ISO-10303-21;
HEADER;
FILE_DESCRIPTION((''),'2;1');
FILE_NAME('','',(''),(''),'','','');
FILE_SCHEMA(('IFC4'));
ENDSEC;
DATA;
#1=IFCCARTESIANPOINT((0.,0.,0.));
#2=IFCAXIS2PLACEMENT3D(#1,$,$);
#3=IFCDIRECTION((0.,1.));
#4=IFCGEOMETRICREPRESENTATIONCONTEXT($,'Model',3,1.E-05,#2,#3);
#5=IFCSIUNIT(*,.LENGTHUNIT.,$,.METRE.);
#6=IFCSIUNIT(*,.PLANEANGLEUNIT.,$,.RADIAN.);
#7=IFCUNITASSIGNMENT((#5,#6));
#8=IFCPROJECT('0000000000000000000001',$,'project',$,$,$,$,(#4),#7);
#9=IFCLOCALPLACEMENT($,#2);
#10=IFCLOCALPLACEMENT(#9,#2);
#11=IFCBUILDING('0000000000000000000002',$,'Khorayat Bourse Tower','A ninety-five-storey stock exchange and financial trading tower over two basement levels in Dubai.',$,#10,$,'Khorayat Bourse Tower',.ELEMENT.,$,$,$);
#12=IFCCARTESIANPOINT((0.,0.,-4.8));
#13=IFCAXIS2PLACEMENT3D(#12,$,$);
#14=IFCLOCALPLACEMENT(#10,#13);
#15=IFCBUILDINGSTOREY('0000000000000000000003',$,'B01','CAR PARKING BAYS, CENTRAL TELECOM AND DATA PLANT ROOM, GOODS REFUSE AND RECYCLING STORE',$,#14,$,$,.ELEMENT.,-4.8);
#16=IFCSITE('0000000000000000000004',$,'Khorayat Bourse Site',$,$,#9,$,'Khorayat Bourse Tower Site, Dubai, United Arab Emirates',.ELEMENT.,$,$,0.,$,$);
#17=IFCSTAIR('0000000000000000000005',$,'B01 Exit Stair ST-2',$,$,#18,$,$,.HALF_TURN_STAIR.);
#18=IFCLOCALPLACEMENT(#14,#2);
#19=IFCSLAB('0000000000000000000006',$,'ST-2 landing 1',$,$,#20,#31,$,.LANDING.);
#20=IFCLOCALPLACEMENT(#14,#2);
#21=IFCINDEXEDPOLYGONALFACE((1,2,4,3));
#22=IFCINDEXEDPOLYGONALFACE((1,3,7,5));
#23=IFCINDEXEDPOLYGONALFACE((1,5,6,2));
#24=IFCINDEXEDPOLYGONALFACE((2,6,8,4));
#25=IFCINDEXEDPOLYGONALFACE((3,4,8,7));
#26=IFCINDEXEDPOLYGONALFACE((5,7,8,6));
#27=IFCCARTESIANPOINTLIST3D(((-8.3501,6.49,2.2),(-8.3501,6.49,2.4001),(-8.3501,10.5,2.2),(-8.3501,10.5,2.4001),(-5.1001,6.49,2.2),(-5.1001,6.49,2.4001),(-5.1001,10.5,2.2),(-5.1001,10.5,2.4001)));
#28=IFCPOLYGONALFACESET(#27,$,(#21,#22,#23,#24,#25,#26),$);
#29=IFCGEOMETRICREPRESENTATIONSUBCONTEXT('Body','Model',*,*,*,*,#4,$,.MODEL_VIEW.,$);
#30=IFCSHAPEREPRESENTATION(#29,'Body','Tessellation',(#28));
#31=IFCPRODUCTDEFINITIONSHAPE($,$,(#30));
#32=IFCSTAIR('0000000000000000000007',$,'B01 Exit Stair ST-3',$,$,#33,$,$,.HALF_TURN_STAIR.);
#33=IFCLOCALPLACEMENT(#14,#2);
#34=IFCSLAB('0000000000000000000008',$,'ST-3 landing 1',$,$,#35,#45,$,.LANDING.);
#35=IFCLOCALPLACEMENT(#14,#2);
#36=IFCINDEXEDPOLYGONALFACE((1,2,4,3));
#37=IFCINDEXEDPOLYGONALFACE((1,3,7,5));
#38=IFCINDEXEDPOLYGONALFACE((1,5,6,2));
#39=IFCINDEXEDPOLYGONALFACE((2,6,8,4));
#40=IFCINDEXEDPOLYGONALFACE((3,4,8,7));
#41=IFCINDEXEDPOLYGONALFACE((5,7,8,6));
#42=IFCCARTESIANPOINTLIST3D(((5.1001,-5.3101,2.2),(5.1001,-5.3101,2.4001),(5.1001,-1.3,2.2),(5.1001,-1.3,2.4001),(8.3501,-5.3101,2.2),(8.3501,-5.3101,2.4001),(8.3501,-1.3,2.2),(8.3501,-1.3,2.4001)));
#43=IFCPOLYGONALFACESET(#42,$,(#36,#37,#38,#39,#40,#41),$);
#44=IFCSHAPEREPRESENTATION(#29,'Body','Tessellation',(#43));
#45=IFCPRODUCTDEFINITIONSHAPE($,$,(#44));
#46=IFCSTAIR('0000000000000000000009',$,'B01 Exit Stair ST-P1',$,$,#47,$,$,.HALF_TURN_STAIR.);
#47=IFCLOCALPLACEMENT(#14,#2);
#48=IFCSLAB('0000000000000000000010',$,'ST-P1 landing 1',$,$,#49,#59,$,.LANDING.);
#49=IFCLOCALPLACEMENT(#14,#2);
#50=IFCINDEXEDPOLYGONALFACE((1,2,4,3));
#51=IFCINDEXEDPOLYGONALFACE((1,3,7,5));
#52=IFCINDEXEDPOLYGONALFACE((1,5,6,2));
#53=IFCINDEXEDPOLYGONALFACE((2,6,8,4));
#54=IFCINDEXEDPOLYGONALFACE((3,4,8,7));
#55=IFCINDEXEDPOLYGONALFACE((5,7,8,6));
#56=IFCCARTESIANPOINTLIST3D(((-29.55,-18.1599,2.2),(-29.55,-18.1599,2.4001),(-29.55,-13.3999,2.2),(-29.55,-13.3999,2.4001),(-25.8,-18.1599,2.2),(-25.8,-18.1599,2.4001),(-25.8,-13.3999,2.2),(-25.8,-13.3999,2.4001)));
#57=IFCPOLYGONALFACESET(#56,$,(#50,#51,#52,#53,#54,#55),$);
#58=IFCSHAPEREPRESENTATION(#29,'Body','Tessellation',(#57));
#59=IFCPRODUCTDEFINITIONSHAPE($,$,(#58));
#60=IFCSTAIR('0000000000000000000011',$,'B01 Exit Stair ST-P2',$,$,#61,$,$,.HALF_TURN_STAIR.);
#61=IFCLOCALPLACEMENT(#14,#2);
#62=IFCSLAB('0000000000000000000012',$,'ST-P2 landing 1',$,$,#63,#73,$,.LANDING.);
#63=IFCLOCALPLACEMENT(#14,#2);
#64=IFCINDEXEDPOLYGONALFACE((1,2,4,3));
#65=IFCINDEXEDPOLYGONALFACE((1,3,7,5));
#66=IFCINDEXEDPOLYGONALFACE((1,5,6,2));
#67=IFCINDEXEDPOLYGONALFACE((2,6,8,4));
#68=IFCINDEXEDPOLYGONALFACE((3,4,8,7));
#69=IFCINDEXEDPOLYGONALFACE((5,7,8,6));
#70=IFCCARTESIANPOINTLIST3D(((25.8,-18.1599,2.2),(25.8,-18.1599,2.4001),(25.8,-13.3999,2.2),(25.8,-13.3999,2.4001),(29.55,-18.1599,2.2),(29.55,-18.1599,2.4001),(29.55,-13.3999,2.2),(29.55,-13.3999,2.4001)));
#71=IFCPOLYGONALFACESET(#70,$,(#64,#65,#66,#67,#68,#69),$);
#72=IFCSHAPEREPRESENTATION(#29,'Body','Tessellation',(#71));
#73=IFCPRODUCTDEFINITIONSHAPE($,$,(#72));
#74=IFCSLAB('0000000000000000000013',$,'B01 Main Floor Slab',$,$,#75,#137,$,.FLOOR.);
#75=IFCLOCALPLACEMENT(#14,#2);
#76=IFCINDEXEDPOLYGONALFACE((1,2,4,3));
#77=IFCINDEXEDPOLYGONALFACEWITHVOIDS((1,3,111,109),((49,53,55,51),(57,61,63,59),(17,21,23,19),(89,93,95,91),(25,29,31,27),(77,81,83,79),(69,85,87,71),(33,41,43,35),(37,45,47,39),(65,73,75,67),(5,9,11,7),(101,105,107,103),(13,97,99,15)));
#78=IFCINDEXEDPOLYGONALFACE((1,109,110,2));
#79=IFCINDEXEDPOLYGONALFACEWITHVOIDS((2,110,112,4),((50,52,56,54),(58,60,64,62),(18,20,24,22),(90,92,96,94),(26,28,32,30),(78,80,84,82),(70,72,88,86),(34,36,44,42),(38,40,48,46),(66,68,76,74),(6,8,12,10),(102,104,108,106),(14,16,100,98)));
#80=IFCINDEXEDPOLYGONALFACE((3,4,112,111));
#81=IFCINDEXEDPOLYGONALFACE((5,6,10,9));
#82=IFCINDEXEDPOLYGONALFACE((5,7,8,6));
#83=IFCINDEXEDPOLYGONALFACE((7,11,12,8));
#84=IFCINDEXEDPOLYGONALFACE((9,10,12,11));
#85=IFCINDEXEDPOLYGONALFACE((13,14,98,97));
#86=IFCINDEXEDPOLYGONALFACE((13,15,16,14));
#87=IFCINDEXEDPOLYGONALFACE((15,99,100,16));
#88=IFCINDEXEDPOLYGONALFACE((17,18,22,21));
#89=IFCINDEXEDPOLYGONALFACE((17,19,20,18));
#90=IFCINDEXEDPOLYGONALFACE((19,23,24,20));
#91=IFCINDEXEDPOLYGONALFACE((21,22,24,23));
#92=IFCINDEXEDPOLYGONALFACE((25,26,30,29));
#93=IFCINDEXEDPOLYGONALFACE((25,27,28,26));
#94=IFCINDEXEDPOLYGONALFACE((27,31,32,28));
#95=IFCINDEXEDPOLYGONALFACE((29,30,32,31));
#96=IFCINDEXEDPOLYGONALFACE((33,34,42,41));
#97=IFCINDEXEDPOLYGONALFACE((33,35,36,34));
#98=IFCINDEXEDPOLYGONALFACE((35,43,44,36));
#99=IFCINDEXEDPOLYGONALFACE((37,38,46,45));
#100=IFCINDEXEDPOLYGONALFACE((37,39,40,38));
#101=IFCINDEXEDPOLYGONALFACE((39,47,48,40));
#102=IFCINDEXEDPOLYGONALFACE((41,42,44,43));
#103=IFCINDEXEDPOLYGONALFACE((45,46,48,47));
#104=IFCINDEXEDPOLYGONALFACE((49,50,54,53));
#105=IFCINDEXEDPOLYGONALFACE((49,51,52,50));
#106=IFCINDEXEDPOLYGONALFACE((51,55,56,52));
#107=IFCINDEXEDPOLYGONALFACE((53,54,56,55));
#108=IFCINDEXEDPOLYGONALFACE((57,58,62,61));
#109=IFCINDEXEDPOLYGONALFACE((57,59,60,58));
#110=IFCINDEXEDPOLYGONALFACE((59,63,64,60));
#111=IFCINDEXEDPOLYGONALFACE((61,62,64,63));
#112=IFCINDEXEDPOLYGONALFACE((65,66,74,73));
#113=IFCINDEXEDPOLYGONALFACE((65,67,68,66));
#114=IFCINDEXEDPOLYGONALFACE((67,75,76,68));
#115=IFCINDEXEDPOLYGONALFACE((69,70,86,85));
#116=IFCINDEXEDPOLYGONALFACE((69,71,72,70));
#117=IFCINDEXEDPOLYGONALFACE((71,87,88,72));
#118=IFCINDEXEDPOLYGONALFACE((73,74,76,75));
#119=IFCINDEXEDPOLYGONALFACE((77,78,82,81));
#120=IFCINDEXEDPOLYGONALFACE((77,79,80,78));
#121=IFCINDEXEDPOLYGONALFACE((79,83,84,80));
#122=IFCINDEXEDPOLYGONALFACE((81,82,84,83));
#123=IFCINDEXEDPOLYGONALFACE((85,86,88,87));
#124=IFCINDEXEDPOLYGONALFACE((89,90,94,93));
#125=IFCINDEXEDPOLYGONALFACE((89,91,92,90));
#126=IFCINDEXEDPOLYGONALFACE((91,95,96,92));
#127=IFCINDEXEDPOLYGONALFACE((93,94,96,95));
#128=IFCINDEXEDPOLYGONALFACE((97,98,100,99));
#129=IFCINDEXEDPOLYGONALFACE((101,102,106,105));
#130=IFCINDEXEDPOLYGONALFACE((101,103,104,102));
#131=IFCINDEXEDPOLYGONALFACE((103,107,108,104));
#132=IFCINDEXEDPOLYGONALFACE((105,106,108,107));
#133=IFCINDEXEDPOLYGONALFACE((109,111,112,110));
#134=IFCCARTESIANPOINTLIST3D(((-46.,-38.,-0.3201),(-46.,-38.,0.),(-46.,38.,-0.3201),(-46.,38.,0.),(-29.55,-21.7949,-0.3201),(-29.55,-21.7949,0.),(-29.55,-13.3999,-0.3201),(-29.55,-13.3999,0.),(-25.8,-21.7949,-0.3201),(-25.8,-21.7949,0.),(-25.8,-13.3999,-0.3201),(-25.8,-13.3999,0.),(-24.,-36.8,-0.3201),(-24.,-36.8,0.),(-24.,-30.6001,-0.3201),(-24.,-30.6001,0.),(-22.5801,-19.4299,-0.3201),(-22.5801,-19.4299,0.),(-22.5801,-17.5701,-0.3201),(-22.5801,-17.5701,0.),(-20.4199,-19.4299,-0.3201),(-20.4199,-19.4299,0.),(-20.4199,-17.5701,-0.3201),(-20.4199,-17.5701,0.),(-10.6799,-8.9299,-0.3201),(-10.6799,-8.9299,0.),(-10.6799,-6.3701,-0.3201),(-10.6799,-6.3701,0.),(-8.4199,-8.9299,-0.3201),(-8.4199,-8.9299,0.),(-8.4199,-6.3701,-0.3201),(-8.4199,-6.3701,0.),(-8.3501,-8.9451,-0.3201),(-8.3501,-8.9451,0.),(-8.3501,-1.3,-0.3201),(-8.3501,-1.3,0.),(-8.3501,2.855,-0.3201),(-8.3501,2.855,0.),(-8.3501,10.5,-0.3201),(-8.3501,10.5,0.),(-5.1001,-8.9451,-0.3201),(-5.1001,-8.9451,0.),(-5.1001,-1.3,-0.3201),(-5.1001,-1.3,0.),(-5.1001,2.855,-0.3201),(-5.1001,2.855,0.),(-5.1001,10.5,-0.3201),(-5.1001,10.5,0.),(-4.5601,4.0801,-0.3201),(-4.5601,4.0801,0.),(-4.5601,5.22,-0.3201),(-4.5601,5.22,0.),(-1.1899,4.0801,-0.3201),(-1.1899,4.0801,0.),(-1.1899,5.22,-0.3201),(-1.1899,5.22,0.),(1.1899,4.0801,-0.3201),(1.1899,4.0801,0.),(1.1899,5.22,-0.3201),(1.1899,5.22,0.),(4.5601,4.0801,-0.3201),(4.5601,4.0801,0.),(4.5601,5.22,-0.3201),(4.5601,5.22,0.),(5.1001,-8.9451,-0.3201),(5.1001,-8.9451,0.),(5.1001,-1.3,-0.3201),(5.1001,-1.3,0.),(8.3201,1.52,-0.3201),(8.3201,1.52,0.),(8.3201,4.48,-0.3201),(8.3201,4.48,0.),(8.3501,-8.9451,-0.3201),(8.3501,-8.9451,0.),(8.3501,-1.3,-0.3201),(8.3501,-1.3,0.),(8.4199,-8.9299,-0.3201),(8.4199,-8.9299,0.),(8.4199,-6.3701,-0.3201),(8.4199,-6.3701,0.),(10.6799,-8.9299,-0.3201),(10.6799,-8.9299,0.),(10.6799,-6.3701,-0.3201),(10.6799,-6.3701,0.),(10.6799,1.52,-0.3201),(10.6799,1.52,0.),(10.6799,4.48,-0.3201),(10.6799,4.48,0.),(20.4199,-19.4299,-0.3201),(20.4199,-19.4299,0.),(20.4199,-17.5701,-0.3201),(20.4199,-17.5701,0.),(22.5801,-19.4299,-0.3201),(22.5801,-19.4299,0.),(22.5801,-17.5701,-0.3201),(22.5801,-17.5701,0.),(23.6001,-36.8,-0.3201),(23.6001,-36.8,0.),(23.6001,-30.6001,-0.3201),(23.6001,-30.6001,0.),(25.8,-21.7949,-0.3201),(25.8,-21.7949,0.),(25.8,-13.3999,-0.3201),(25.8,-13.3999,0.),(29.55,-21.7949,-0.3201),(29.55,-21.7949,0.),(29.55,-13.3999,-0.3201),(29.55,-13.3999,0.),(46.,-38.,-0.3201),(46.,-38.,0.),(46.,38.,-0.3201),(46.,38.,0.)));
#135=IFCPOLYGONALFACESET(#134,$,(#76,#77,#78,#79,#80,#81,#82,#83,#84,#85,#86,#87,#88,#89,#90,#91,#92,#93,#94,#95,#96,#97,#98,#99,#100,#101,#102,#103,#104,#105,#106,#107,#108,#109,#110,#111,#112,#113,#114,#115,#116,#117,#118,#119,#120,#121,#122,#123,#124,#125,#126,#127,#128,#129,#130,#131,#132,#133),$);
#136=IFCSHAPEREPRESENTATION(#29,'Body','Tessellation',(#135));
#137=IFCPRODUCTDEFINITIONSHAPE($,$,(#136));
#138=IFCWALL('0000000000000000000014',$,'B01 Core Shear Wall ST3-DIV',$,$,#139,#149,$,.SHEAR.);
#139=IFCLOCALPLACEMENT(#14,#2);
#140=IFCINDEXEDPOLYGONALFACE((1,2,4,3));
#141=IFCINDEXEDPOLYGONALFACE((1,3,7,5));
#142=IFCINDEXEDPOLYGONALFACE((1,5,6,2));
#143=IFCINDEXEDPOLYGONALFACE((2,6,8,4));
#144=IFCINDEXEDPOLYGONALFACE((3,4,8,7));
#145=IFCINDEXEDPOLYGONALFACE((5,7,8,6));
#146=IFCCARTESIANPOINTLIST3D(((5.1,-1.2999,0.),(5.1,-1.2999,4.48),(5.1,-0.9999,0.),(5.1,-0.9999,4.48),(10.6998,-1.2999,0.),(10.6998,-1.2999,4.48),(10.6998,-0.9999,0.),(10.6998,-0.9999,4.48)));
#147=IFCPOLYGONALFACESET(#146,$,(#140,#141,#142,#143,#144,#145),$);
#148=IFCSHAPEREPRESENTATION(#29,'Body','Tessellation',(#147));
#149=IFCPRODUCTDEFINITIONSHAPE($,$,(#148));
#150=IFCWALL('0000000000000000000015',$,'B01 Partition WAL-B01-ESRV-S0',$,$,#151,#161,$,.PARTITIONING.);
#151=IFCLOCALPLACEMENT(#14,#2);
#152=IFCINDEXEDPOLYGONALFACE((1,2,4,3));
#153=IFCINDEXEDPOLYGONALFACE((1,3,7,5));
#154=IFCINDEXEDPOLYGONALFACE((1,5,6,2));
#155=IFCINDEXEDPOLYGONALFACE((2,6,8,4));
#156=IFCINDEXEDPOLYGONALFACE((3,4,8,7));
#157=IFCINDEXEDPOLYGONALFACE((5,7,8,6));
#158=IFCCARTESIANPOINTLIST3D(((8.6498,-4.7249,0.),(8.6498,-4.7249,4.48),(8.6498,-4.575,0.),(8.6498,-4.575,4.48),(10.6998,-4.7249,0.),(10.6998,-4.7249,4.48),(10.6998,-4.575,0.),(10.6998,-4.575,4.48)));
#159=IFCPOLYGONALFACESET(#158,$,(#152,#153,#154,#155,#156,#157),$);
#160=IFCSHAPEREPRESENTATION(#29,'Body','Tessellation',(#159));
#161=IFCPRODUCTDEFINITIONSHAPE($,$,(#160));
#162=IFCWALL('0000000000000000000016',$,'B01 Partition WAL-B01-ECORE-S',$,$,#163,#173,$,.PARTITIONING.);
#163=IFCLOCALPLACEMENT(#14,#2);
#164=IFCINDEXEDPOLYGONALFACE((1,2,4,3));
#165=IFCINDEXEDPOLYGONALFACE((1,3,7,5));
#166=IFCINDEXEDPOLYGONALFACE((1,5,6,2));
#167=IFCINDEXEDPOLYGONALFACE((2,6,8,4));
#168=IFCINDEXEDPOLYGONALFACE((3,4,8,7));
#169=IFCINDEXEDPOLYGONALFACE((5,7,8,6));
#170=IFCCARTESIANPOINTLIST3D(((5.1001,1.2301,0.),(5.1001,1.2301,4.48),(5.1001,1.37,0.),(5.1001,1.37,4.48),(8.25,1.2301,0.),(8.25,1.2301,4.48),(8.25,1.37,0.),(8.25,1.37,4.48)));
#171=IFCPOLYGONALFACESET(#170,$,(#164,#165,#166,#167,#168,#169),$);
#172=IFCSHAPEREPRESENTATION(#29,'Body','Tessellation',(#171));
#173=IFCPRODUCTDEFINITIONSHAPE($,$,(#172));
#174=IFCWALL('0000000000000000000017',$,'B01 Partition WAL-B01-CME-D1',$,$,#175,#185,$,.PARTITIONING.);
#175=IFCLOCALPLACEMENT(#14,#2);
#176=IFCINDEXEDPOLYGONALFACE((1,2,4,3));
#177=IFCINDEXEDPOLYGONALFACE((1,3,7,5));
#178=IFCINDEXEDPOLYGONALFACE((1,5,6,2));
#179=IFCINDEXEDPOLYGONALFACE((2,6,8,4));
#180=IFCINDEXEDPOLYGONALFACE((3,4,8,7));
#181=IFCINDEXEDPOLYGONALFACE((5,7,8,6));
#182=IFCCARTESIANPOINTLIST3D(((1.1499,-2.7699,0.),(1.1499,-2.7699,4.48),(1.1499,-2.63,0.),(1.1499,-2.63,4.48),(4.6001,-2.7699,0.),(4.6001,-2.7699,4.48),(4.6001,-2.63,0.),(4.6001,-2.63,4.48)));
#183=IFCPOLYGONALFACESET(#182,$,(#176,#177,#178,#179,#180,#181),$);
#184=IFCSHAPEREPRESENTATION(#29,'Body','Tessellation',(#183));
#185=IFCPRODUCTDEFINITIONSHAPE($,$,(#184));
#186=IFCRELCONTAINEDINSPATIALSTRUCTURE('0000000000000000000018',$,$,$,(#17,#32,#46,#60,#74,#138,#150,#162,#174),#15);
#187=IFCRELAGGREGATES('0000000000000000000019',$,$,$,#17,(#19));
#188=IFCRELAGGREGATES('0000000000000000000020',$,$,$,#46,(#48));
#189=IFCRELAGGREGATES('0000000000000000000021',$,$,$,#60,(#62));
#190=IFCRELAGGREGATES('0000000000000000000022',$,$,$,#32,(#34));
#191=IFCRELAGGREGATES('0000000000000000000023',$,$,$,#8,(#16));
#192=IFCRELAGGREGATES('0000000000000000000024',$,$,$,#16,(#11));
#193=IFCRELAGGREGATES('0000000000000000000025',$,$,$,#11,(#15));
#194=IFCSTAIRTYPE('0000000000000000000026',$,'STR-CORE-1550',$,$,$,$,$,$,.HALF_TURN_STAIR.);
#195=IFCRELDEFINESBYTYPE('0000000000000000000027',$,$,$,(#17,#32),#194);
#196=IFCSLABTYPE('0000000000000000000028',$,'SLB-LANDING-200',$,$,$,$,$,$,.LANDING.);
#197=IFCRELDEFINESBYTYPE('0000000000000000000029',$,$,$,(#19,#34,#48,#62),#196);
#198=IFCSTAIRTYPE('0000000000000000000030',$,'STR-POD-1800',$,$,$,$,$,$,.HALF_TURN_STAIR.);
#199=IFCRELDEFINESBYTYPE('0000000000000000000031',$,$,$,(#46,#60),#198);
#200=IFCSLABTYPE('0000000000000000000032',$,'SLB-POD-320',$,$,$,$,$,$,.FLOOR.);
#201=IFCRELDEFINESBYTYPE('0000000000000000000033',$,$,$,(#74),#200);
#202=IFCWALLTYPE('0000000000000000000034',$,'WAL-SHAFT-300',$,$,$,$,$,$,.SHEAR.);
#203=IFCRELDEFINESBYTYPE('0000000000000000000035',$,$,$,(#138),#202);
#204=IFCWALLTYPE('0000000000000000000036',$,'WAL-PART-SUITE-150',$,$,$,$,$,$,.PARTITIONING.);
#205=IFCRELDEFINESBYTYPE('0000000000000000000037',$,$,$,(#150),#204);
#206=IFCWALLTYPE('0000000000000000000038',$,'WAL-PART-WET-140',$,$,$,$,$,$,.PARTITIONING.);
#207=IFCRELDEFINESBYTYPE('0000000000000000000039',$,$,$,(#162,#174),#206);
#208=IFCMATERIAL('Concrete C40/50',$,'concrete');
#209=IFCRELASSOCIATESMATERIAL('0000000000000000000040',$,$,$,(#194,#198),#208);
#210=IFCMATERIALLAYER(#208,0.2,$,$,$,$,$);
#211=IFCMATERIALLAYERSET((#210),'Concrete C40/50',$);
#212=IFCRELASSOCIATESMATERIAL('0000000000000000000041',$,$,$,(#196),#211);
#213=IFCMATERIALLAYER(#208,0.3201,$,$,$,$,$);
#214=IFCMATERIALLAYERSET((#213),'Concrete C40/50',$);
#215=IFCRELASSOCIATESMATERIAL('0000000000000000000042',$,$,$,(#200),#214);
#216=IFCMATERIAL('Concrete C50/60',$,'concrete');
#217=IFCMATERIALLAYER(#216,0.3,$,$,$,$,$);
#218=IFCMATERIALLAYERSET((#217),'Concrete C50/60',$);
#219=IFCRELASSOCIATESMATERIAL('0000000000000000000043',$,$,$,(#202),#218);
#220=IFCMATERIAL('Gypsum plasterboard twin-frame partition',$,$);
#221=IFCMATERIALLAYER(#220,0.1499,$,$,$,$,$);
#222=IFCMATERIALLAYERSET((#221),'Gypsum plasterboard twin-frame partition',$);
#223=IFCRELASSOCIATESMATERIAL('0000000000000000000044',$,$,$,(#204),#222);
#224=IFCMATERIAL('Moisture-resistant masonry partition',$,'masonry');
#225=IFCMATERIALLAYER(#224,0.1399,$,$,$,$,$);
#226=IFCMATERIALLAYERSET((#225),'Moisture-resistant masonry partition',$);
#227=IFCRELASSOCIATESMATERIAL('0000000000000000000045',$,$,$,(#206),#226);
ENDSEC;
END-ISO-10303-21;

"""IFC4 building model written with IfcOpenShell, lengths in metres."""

from ifc_helpers import new_model, si_unit, direction, frame, frame_2d, origin, place, context, subcontext, project, spatial, polyline, rectangle, outline, extrude, source, transform, mapped, material, layer, layer_set, type_object, element, aggregate, save


model = new_model("IFC4")

# Units and contexts
model_context = context("Model", 3, precision=1e-05, world=origin(), true_north=direction((0.0, 1.0)))
body_context = subcontext(model_context, "Body", "Model", "MODEL_VIEW")
ifc_project = project(units=[si_unit("LENGTHUNIT", "METRE"), si_unit("PLANEANGLEUNIT", "RADIAN")], contexts=[model_context])

# Site, building, storey
site_placement = place(None, origin())
site = spatial("IfcSite", under=ifc_project, at=site_placement, Name="Khorayat Bourse Site", LongName="Khorayat Bourse Tower Site, Dubai, United Arab Emirates", CompositionType="ELEMENT", RefElevation=0.0)
building_placement = place(site_placement, origin())
building = spatial("IfcBuilding", under=site, at=building_placement, Name="Khorayat Bourse Tower", Description="A ninety-five-storey stock exchange and financial trading tower over two basement levels in Dubai.", LongName="Khorayat Bourse Tower", CompositionType="ELEMENT")
storey_placement = place(building_placement, frame((0.0, 0.0, -4.8)))
storey = spatial("IfcBuildingStorey", under=building, at=storey_placement, Name="B01", Description="CAR PARKING BAYS, CENTRAL TELECOM AND DATA PLANT ROOM, GOODS REFUSE AND RECYCLING STORE", CompositionType="ELEMENT", Elevation=-4.8)

# Stairs, slabs
ifc_material_1 = material(Name="Concrete C40/50", Category="concrete")
stair_type_1 = type_object("IfcStairType", Name="STR-CORE-1550", PredefinedType="HALF_TURN_STAIR", material=ifc_material_1)
ifc_layer_1 = layer(ifc_material_1, 0.2)
ifc_layer_set_1 = layer_set([ifc_layer_1], Name="Concrete C40/50")
slab_type_1 = type_object("IfcSlabType", Name="SLB-LANDING-200", PredefinedType="LANDING", material=ifc_layer_set_1)
stair_1_placement = place(storey_placement, origin())
stair_1 = element("IfcStair", 1, at=stair_1_placement, inside=storey, type_object=stair_type_1, Name="B01 Exit Stair ST-2", PredefinedType="HALF_TURN_STAIR")
slab_1_placement = place(storey_placement, frame((0.0, 0.0, 2.2)))
slab_1 = element("IfcSlab", 2, at=slab_1_placement, type_object=slab_type_1, Name="ST-2 landing 1", PredefinedType="LANDING", context=body_context, shape_type="SweptSolid", body=[
    extrude(outline(polyline([(-5.1001, 6.49), (-5.1001, 10.5), (-8.3501, 10.5), (-8.3501, 6.49), (-5.1001, 6.49)])), origin(), (0.0, 0.0, 1.0), 0.2002),
])
aggregate(stair_1, [slab_1])
stair_2_placement = place(storey_placement, origin())
stair_2 = element("IfcStair", 3, at=stair_2_placement, inside=storey, type_object=stair_type_1, Name="B01 Exit Stair ST-3", PredefinedType="HALF_TURN_STAIR")
slab_2_placement = place(storey_placement, frame((0.0, 0.0, 2.2)))
slab_2 = element("IfcSlab", 4, at=slab_2_placement, type_object=slab_type_1, Name="ST-3 landing 1", PredefinedType="LANDING", context=body_context, shape_type="SweptSolid", body=[
    extrude(outline(polyline([(8.3501, -5.3101), (8.3501, -1.3), (5.1001, -1.3), (5.1001, -5.3101), (8.3501, -5.3101)])), origin(), (0.0, 0.0, 1.0), 0.2002),
])
stair_type_2 = type_object("IfcStairType", Name="STR-POD-1800", PredefinedType="HALF_TURN_STAIR", material=ifc_material_1)
stair_3_placement = place(storey_placement, origin())
stair_3 = element("IfcStair", 5, at=stair_3_placement, inside=storey, type_object=stair_type_2, Name="B01 Exit Stair ST-P1", PredefinedType="HALF_TURN_STAIR")
slab_3_placement = place(storey_placement, frame((0.0, 0.0, 2.2)))
slab_3 = element("IfcSlab", 6, at=slab_3_placement, type_object=slab_type_1, Name="ST-P1 landing 1", PredefinedType="LANDING", context=body_context, shape_type="SweptSolid", body=[
    extrude(outline(polyline([(-25.8, -18.1599), (-25.8, -13.3999), (-29.55, -13.3999), (-29.55, -18.1599), (-25.8, -18.1599)])), origin(), (0.0, 0.0, 1.0), 0.2002),
])
aggregate(stair_3, [slab_3])
stair_4_placement = place(storey_placement, origin())
stair_4 = element("IfcStair", 7, at=stair_4_placement, inside=storey, type_object=stair_type_2, Name="B01 Exit Stair ST-P2", PredefinedType="HALF_TURN_STAIR")
slab_4_placement = place(storey_placement, frame((0.0, 0.0, 2.2)))
slab_4 = element("IfcSlab", 8, at=slab_4_placement, type_object=slab_type_1, Name="ST-P2 landing 1", PredefinedType="LANDING", context=body_context, shape_type="SweptSolid", body=[
    extrude(outline(polyline([(29.55, -18.1599), (29.55, -13.3999), (25.8, -13.3999), (25.8, -18.1599), (29.55, -18.1599)])), origin(), (0.0, 0.0, 1.0), 0.2002),
])
aggregate(stair_4, [slab_4])

# Slab
ifc_layer_2 = layer(ifc_material_1, 0.3201)
ifc_layer_set_2 = layer_set([ifc_layer_2], Name="Concrete C40/50")
slab_type_2 = type_object("IfcSlabType", Name="SLB-POD-320", PredefinedType="FLOOR", material=ifc_layer_set_2)
slab_5_placement = place(storey_placement, frame((0.0, 0.0, -0.3201)))
element("IfcSlab", 9, at=slab_5_placement, inside=storey, type_object=slab_type_2, Name="B01 Main Floor Slab", PredefinedType="FLOOR", context=body_context, shape_type="SweptSolid", body=[
    extrude(outline(polyline([(-46.0, -38.0), (46.0, -38.0), (46.0, 38.0), (-46.0, 38.0), (-46.0, -38.0)]), holes=[polyline([(-8.3501, -8.9451), (-5.1001, -8.9451), (-5.1001, -1.3), (-8.3501, -1.3), (-8.3501, -8.9451)]), polyline([(-8.3501, 2.855), (-5.1001, 2.855), (-5.1001, 10.5), (-8.3501, 10.5), (-8.3501, 2.855)]), polyline([(5.1001, -8.9451), (8.3501, -8.9451), (8.3501, -1.3), (5.1001, -1.3), (5.1001, -8.9451)]), polyline([(-29.55, -21.7949), (-25.8, -21.7949), (-25.8, -13.3999), (-29.55, -13.3999), (-29.55, -21.7949)]), polyline([(25.8, -21.7949), (29.55, -21.7949), (29.55, -13.3999), (25.8, -13.3999), (25.8, -21.7949)]), polyline([(-22.5801, -19.4299), (-20.4199, -19.4299), (-20.4199, -17.5701), (-22.5801, -17.5701), (-22.5801, -19.4299)]), polyline([(20.4199, -19.4299), (22.5801, -19.4299), (22.5801, -17.5701), (20.4199, -17.5701), (20.4199, -19.4299)]), polyline([(-10.6799, -8.9299), (-8.4199, -8.9299), (-8.4199, -6.3701), (-10.6799, -6.3701), (-10.6799, -8.9299)]), polyline([(8.4199, -8.9299), (10.6799, -8.9299), (10.6799, -6.3701), (8.4199, -6.3701), (8.4199, -8.9299)]), polyline([(8.3201, 1.52), (10.6799, 1.52), (10.6799, 4.48), (8.3201, 4.48), (8.3201, 1.52)]), polyline([(-4.5601, 4.0801), (-1.1899, 4.0801), (-1.1899, 5.22), (-4.5601, 5.22), (-4.5601, 4.0801)]), polyline([(1.1899, 4.0801), (4.5601, 4.0801), (4.5601, 5.22), (1.1899, 5.22), (1.1899, 4.0801)]), polyline([(-24.0, -36.8), (23.6001, -36.8), (23.6001, -30.6001), (-24.0, -30.6001), (-24.0, -36.8)])]), origin(), (0.0, 0.0, 1.0), 0.3201),
])

# Walls
ifc_material_2 = material(Name="Concrete C50/60", Category="concrete")
ifc_layer_3 = layer(ifc_material_2, 0.3)
ifc_layer_set_3 = layer_set([ifc_layer_3], Name="Concrete C50/60")
wall_type_1 = type_object("IfcWallType", Name="WAL-SHAFT-300", PredefinedType="SHEAR", material=ifc_layer_set_3)
shared_shape_1 = source(origin(), body_context, "Body", "SweptSolid", [
    extrude(rectangle(XDim=5.5999, YDim=0.3, at=frame_2d((2.7998, 0.0))), origin(), (0.0, 0.0, 1.0), 4.48),
])
wall_1_placement = place(storey_placement, frame((5.1001, -1.1499, 0.0), z_axis=(0.0, 0.0, 1.0), x_axis=(1.0, 0.0, 0.0)))
element("IfcWall", 10, at=wall_1_placement, inside=storey, type_object=wall_type_1, Name="B01 Core Shear Wall ST3-DIV", PredefinedType="SHEAR", context=body_context, shape_type="MappedRepresentation", body=[
    mapped(shared_shape_1, transform((0.0, 0.0, 0.0), scale=1.0)),
])
ifc_material_3 = material(Name="Gypsum plasterboard twin-frame partition")
ifc_layer_4 = layer(ifc_material_3, 0.1499)
ifc_layer_set_4 = layer_set([ifc_layer_4], Name="Gypsum plasterboard twin-frame partition")
wall_type_2 = type_object("IfcWallType", Name="WAL-PART-SUITE-150", PredefinedType="PARTITIONING", material=ifc_layer_set_4)
shared_shape_2 = source(origin(), body_context, "Body", "SweptSolid", [
    extrude(rectangle(XDim=2.05, YDim=0.1499, at=frame_2d((1.0249, 0.0))), origin(), (0.0, 0.0, 1.0), 4.48),
])
wall_2_placement = place(storey_placement, frame((8.6499, -4.6499, 0.0), z_axis=(0.0, 0.0, 1.0), x_axis=(1.0, 0.0, 0.0)))
element("IfcWall", 11, at=wall_2_placement, inside=storey, type_object=wall_type_2, Name="B01 Partition WAL-B01-ESRV-S0", PredefinedType="PARTITIONING", context=body_context, shape_type="MappedRepresentation", body=[
    mapped(shared_shape_2, transform((0.0, 0.0, 0.0), scale=1.0)),
])
ifc_material_4 = material(Name="Moisture-resistant masonry partition", Category="masonry")
ifc_layer_5 = layer(ifc_material_4, 0.1399)
ifc_layer_set_5 = layer_set([ifc_layer_5], Name="Moisture-resistant masonry partition")
wall_type_3 = type_object("IfcWallType", Name="WAL-PART-WET-140", PredefinedType="PARTITIONING", material=ifc_layer_set_5)
shared_shape_3 = source(origin(), body_context, "Body", "SweptSolid", [
    extrude(rectangle(XDim=3.1499, YDim=0.1399, at=frame_2d((1.575, 0.0))), origin(), (0.0, 0.0, 1.0), 4.48),
])
wall_3_placement = place(storey_placement, frame((5.1001, 1.3, 0.0), z_axis=(0.0, 0.0, 1.0), x_axis=(1.0, 0.0, 0.0)))
element("IfcWall", 12, at=wall_3_placement, inside=storey, type_object=wall_type_3, Name="B01 Partition WAL-B01-ECORE-S", PredefinedType="PARTITIONING", context=body_context, shape_type="MappedRepresentation", body=[
    mapped(shared_shape_3, transform((0.0, 0.0, 0.0), scale=1.0)),
])
shared_shape_4 = source(origin(), body_context, "Body", "SweptSolid", [
    extrude(rectangle(XDim=3.4502, YDim=0.1399, at=frame_2d((1.7251, 0.0))), origin(), (0.0, 0.0, 1.0), 4.48),
])
wall_4_placement = place(storey_placement, frame((1.1499, -2.7, 0.0), z_axis=(0.0, 0.0, 1.0), x_axis=(1.0, 0.0, 0.0)))
element("IfcWall", 13, at=wall_4_placement, inside=storey, type_object=wall_type_3, Name="B01 Partition WAL-B01-CME-D1", PredefinedType="PARTITIONING", context=body_context, shape_type="MappedRepresentation", body=[
    mapped(shared_shape_4, transform((0.0, 0.0, 0.0), scale=1.0)),
])

aggregate(stair_2, [slab_2])

save(model, "model.ifc")
